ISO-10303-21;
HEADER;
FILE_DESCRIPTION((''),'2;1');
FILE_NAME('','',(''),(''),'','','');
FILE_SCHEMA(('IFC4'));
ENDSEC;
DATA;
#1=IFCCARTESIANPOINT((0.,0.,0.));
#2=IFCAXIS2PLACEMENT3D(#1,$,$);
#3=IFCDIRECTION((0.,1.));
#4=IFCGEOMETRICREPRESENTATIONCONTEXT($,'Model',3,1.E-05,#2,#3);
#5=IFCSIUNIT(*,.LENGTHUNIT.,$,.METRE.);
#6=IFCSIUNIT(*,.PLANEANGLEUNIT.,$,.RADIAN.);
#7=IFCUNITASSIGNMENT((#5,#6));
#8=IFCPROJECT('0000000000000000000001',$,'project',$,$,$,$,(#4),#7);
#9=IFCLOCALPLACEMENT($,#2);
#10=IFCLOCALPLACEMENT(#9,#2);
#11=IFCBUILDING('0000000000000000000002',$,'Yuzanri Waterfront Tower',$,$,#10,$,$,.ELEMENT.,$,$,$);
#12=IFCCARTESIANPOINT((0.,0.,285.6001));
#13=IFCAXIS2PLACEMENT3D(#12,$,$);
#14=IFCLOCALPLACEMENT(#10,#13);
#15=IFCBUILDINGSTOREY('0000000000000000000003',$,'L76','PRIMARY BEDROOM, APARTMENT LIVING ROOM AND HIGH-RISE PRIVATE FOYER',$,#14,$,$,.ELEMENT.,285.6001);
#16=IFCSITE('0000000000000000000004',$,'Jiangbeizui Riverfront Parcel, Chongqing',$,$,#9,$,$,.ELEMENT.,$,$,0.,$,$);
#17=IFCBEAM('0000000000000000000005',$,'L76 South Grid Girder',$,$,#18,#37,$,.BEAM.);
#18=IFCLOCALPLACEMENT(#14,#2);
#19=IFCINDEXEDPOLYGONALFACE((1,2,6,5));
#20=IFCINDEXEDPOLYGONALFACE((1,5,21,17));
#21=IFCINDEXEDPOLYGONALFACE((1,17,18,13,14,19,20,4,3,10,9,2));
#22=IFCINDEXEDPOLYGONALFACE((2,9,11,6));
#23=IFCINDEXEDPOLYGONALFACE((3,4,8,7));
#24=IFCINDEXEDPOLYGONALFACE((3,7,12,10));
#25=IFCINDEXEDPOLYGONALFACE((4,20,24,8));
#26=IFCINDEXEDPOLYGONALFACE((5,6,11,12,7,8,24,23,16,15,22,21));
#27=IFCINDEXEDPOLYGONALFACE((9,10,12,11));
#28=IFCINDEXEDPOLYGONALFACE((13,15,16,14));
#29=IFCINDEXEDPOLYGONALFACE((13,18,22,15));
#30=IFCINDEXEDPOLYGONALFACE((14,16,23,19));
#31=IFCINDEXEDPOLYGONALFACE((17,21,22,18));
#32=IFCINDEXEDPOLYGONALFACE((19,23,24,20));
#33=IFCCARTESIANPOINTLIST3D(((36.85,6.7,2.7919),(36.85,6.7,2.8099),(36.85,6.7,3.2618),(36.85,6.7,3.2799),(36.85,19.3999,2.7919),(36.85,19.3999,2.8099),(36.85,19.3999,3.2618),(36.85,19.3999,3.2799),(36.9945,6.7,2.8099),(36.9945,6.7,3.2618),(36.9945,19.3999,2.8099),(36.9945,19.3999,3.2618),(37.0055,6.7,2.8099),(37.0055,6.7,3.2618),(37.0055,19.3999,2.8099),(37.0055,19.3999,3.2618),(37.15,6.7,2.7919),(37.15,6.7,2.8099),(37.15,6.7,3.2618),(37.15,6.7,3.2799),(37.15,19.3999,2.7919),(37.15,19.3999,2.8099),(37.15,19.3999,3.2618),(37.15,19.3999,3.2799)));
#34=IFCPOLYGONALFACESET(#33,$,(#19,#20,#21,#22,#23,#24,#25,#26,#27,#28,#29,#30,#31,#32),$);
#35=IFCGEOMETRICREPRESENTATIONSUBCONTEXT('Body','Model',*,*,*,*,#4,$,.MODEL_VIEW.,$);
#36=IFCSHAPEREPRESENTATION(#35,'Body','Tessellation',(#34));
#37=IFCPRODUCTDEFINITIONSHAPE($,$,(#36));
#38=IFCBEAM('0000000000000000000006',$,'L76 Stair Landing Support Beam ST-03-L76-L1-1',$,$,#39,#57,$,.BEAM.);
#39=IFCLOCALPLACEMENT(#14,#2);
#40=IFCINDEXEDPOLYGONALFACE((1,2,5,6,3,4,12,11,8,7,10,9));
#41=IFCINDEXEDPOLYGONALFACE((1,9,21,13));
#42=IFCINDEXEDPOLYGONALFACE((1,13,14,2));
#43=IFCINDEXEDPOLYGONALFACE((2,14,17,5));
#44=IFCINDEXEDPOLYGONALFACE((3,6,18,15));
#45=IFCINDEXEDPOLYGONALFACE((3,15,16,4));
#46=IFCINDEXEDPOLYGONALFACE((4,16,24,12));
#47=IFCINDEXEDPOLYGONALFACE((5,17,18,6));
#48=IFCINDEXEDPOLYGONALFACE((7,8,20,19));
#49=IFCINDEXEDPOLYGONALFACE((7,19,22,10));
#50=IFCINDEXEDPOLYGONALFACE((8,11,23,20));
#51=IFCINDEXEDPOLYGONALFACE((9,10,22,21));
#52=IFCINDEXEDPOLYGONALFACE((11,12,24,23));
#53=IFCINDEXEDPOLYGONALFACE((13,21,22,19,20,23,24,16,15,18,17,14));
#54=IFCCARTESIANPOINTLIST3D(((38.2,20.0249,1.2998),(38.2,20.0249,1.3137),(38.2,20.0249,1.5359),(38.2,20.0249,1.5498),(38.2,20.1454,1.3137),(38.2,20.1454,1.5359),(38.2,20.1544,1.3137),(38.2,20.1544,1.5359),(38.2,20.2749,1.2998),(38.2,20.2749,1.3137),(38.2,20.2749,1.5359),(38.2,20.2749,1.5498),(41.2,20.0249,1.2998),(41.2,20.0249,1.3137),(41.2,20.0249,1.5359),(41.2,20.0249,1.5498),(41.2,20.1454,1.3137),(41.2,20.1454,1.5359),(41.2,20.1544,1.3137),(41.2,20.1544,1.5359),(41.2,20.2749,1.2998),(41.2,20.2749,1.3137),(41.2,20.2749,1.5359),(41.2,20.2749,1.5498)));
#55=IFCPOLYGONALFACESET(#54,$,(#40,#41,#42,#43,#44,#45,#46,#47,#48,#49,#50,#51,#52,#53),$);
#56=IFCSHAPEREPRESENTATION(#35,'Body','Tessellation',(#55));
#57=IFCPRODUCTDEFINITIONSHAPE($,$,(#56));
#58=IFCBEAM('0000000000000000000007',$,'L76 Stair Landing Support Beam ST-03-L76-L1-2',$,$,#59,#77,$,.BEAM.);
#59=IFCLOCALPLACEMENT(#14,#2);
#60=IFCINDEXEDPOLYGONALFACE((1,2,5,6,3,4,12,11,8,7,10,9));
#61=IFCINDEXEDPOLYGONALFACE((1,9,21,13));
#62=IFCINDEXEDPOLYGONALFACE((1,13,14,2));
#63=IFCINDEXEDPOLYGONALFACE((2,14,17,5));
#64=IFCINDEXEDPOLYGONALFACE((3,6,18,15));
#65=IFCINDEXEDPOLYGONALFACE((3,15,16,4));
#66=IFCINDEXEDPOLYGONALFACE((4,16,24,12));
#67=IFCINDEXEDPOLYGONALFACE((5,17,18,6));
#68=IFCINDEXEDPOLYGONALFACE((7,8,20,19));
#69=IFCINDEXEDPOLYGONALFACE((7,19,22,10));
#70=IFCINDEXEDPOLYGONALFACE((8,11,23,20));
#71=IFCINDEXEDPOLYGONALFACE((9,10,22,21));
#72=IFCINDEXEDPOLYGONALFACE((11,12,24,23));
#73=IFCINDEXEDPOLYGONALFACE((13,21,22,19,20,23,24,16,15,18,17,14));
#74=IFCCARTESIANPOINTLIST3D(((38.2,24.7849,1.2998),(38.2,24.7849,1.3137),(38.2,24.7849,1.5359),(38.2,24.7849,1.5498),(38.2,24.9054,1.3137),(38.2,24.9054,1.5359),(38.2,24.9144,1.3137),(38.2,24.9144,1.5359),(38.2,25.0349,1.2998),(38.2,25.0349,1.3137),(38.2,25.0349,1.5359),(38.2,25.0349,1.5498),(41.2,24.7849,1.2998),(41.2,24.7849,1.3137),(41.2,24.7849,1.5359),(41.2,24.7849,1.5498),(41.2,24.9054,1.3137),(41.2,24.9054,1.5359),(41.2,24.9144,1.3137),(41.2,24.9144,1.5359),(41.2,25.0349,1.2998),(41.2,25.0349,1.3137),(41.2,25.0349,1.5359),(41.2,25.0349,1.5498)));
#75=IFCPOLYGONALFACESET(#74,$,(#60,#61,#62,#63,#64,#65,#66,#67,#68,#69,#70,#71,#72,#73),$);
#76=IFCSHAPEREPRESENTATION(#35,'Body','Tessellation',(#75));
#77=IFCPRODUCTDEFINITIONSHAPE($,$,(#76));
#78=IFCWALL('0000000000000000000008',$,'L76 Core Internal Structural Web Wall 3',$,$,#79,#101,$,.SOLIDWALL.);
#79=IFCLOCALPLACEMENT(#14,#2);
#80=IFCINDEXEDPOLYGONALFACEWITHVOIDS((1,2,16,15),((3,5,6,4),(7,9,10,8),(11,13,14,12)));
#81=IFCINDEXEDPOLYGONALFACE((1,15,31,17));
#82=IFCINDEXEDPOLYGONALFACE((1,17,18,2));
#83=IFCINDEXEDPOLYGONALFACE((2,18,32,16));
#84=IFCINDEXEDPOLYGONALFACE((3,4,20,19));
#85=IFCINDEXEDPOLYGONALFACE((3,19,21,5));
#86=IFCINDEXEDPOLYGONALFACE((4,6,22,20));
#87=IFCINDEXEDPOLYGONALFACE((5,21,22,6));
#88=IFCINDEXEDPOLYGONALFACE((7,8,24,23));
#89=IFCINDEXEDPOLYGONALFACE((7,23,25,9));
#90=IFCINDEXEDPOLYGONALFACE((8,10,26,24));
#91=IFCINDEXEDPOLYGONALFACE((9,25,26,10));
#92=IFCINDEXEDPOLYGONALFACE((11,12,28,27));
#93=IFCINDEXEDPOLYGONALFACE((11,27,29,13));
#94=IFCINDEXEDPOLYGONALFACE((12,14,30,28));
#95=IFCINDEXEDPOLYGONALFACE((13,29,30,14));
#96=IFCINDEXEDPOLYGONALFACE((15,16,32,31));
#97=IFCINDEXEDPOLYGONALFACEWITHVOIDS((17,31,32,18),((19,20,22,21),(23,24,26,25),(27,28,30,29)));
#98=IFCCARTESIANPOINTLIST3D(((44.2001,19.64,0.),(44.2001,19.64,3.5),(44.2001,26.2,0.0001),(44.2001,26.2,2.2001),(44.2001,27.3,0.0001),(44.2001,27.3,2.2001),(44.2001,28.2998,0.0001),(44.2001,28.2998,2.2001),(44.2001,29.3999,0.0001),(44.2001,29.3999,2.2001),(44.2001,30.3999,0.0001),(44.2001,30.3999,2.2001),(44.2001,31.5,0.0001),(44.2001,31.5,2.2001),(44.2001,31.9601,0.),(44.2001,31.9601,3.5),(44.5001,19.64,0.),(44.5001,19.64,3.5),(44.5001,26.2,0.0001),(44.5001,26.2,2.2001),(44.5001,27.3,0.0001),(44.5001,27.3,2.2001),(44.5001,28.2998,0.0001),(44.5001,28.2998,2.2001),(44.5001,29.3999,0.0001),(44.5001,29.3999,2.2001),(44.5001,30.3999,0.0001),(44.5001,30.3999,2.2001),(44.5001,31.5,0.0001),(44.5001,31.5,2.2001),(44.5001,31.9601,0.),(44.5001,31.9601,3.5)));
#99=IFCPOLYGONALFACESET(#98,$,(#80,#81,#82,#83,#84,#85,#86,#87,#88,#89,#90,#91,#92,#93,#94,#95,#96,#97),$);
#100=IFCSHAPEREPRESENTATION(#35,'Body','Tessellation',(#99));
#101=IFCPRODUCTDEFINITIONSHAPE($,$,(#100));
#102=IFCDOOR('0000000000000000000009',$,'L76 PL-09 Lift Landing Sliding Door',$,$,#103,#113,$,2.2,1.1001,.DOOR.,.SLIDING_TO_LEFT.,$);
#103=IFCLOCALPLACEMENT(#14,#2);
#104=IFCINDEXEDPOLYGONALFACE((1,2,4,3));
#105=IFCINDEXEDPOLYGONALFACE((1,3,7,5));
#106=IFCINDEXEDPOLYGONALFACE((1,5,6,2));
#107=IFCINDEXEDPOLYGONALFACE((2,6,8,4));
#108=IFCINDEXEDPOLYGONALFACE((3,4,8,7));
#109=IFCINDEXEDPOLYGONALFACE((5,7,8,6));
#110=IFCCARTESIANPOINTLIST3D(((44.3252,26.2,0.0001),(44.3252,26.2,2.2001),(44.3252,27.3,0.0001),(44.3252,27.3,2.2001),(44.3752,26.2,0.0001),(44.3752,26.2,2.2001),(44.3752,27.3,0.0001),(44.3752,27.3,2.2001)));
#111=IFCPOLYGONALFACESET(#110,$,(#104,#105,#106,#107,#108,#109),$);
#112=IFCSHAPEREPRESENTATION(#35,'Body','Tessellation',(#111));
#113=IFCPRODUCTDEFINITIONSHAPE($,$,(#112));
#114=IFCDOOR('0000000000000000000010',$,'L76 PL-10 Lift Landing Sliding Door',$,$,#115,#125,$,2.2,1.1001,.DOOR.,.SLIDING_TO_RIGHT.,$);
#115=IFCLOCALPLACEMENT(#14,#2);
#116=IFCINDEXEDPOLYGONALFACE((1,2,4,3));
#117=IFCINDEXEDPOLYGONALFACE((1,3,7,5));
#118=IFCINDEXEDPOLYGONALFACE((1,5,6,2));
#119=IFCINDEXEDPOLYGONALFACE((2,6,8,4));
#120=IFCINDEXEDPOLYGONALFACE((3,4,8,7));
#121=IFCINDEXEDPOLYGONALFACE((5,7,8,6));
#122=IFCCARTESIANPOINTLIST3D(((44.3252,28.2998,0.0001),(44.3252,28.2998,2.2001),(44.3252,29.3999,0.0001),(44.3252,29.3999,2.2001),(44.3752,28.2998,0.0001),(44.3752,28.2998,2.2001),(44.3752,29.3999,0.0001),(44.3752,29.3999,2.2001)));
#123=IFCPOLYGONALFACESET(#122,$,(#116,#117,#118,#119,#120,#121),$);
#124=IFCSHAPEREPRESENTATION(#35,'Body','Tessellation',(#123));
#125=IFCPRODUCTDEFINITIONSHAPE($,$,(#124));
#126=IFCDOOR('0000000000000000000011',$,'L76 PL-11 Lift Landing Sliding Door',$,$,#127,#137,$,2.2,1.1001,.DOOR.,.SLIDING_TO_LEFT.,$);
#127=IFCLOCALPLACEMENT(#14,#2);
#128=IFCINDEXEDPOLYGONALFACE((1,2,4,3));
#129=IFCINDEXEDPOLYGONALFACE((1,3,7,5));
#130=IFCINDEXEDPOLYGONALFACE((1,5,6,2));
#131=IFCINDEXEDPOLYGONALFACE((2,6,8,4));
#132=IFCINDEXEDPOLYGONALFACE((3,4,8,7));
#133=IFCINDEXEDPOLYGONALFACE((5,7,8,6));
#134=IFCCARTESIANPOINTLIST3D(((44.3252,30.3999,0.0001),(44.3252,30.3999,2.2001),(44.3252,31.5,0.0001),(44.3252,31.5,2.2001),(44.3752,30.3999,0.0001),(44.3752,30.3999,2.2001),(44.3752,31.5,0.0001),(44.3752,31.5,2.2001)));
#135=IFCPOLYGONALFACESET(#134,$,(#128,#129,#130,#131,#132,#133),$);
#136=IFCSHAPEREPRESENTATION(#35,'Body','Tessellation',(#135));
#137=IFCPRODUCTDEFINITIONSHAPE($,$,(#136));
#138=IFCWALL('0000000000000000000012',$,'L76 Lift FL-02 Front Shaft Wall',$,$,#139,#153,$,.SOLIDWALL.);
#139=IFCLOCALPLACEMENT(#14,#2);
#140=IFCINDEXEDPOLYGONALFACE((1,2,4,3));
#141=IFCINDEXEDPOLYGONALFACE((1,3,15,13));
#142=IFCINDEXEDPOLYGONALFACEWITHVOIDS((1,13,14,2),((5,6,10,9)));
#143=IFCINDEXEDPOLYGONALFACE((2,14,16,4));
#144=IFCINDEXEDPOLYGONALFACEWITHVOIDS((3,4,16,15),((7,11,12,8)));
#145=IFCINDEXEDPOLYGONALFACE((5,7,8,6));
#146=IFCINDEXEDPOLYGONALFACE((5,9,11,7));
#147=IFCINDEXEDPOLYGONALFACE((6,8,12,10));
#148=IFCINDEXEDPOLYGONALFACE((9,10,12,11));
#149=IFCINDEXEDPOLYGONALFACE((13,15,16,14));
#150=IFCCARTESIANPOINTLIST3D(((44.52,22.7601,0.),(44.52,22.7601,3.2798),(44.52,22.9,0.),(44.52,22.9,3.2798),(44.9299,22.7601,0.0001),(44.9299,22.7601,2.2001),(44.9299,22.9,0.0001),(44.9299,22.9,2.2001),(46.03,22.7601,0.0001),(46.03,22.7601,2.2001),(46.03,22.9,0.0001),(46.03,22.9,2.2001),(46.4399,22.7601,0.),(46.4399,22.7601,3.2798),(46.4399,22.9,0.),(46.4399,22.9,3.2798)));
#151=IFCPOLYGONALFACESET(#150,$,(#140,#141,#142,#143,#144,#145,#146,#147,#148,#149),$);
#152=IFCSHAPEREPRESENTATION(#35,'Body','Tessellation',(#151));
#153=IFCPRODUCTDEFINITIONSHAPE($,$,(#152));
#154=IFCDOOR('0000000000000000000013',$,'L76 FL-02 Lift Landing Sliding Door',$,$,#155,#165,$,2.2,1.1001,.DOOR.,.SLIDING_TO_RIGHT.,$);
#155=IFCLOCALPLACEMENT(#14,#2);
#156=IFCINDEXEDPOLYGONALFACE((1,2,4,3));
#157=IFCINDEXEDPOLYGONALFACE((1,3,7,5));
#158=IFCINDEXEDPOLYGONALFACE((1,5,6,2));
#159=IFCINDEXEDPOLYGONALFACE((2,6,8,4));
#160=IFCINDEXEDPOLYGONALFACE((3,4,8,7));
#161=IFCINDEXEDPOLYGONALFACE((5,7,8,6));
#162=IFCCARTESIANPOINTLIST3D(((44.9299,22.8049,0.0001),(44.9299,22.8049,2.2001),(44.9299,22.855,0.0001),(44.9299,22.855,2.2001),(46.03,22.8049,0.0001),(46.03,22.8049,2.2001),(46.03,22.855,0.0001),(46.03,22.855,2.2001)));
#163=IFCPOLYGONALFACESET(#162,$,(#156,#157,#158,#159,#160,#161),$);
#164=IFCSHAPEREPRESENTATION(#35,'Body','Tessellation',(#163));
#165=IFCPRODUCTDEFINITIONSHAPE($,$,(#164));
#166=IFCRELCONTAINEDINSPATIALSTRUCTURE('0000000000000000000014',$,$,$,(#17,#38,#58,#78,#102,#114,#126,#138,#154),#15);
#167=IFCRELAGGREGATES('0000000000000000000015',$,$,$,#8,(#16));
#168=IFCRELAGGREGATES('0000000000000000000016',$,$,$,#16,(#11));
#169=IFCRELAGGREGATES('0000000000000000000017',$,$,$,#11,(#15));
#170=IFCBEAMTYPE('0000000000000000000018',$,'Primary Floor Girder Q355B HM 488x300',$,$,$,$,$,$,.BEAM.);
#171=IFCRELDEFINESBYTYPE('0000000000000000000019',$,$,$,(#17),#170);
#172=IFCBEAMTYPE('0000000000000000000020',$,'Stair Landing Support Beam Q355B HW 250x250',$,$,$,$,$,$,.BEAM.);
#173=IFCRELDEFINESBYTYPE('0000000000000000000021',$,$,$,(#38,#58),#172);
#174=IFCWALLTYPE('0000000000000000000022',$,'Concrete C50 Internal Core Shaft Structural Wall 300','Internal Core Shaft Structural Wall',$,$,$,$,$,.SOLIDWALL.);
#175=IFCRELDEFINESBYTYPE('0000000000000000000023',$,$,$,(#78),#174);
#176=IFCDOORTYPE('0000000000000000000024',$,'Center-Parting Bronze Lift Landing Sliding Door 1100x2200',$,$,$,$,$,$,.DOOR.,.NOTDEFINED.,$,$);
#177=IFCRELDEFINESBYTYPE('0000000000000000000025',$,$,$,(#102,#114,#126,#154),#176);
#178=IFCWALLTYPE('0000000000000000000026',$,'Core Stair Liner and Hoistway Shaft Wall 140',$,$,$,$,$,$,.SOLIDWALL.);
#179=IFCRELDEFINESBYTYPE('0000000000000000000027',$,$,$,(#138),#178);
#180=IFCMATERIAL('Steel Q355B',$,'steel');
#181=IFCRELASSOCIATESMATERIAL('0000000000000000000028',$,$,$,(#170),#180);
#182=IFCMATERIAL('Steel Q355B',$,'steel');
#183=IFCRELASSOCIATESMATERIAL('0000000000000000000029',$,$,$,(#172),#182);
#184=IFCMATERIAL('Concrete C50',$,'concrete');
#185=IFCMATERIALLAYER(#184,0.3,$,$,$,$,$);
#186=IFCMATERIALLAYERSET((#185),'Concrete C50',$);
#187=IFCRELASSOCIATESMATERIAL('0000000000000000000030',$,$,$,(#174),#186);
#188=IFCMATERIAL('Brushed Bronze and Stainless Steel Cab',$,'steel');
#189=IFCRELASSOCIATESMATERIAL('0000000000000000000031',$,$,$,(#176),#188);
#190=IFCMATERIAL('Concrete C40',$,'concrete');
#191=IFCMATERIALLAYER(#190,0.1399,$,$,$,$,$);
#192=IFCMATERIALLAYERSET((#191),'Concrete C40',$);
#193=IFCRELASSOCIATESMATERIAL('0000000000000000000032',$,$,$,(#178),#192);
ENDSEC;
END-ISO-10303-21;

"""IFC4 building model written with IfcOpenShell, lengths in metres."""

from ifc_helpers import new_model, si_unit, direction, frame, frame_2d, origin, origin_2d, place, context, subcontext, project, spatial, rectangle, i_section, extrude, source, transform, mapped, material, layer, layer_set, material_profile, profile_set, type_object, element, fill, save


model = new_model("IFC4")

# Units and contexts
model_context = context("Model", 3, precision=1e-05, world=origin(), true_north=direction((0.0, 1.0)))
body_context = subcontext(model_context, "Body", "Model", "MODEL_VIEW")
ifc_project = project(units=[si_unit("LENGTHUNIT", "METRE"), si_unit("PLANEANGLEUNIT", "RADIAN")], contexts=[model_context])

# Site, building, storey
site_placement = place(None, origin())
site = spatial("IfcSite", under=ifc_project, at=site_placement, Name="Jiangbeizui Riverfront Parcel, Chongqing", CompositionType="ELEMENT", RefElevation=0.0)
building_placement = place(site_placement, origin())
building = spatial("IfcBuilding", under=site, at=building_placement, Name="Yuzanri Waterfront Tower", CompositionType="ELEMENT")
storey_placement = place(building_placement, frame((0.0, 0.0, 285.6001)))
storey = spatial("IfcBuildingStorey", under=building, at=storey_placement, Name="L76", Description="PRIMARY BEDROOM, APARTMENT LIVING ROOM AND HIGH-RISE PRIVATE FOYER", CompositionType="ELEMENT", Elevation=285.6001)

# Beams
ifc_material_1 = material(Name="Steel Q355B", Category="steel")
ifc_material_profile_1 = material_profile(ifc_material_1, i_section(OverallWidth=0.3, OverallDepth=0.488, WebThickness=0.011, FlangeThickness=0.0181, at=origin_2d()), Name="HM 488x300x11x18")
ifc_profile_set_1 = profile_set([ifc_material_profile_1], Name="Steel Q355B")
beam_type_1 = type_object("IfcBeamType", Name="Primary Floor Girder Q355B HM 488x300", PredefinedType="BEAM", material=ifc_profile_set_1)
shared_shape_1 = source(origin(), body_context, "Body", "SweptSolid", [
    extrude(i_section(OverallWidth=0.3, OverallDepth=0.488, WebThickness=0.011, FlangeThickness=0.0181, at=origin_2d()), origin(), (0.0, 0.0, 1.0), 12.7),
])
beam_placement = place(storey_placement, frame((37.0, 19.3999, 3.0359), z_axis=(0.0, -1.0, 0.0), x_axis=(1.0, 0.0, 0.0)))
element("IfcBeam", 1, at=beam_placement, inside=storey, type_object=beam_type_1, Name="L76 South Grid Girder", PredefinedType="BEAM", context=body_context, shape_type="MappedRepresentation", body=[
    mapped(shared_shape_1, transform((0.0, 0.0, 0.0), scale=1.0)),
])
ifc_material_2 = material(Name="Steel Q355B", Category="steel")
ifc_material_profile_2 = material_profile(ifc_material_2, i_section(OverallWidth=0.25, OverallDepth=0.25, WebThickness=0.009, FlangeThickness=0.0139, at=origin_2d()), Name="HW 250x250x9x14")
ifc_profile_set_2 = profile_set([ifc_material_profile_2], Name="Steel Q355B")
beam_type_2 = type_object("IfcBeamType", Name="Stair Landing Support Beam Q355B HW 250x250", PredefinedType="BEAM", material=ifc_profile_set_2)
shared_shape_2 = source(origin(), body_context, "Body", "SweptSolid", [
    extrude(i_section(OverallWidth=0.25, OverallDepth=0.25, WebThickness=0.009, FlangeThickness=0.0139, at=origin_2d()), origin(), (0.0, 0.0, 1.0), 3.0),
])
for number, where, z_axis, x_axis, name in (
    (2, (38.2, 20.1499, 1.4248), (1.0, 0.0, 0.0), (0.0, 1.0, 0.0), "L76 Stair Landing Support Beam ST-03-L76-L1-1"),
    (3, (38.2, 24.9099, 1.4248), (1.0, 0.0, 0.0), (0.0, 1.0, 0.0), "L76 Stair Landing Support Beam ST-03-L76-L1-2"),
):
    element("IfcBeam", number, at=place(storey_placement, frame(where, z_axis=z_axis, x_axis=x_axis)), inside=storey, type_object=beam_type_2, Name=name, PredefinedType="BEAM", context=body_context, shape_type="MappedRepresentation", body=[
        mapped(shared_shape_2, transform((0.0, 0.0, 0.0), scale=1.0)),
    ])

# Wall, openings, doors
ifc_material_3 = material(Name="Concrete C50", Category="concrete")
ifc_layer_1 = layer(ifc_material_3, 0.3)
ifc_layer_set_1 = layer_set([ifc_layer_1], Name="Concrete C50")
wall_type_1 = type_object("IfcWallType", Name="Concrete C50 Internal Core Shaft Structural Wall 300", Description="Internal Core Shaft Structural Wall", PredefinedType="SOLIDWALL", material=ifc_layer_set_1)
wall_1_placement = place(storey_placement, frame((44.3501, 19.6399, 0.0), z_axis=(0.0, 0.0, 1.0), x_axis=(0.0, 1.0, 0.0)))
wall_1 = element("IfcWall", 4, at=wall_1_placement, inside=storey, type_object=wall_type_1, Name="L76 Core Internal Structural Web Wall 3", PredefinedType="SOLIDWALL", context=body_context, shape_type="SweptSolid", body=[
    extrude(rectangle(XDim=12.3201, YDim=0.3, at=frame_2d((6.1602, 0.0))), origin(), (0.0, 0.0, 1.0), 3.5),
])
opening_1_placement = place(wall_1_placement, frame((6.5601, 0.0, 0.0)))
opening_1 = element("IfcOpeningElement", 5, at=opening_1_placement, cuts=wall_1, PredefinedType="OPENING", context=body_context, shape_type="SweptSolid", body=[
    extrude(rectangle(XDim=1.1001, YDim=2.2, at=frame_2d((0.55, 1.1001))), frame((0.0, 0.165, 0.0), z_axis=(0.0, -1.0, 0.0), x_axis=(1.0, 0.0, 0.0)), (0.0, 0.0, 1.0), 0.3298),
])
opening_2_placement = place(wall_1_placement, frame((8.6599, 0.0, 0.0)))
opening_2 = element("IfcOpeningElement", 6, at=opening_2_placement, cuts=wall_1, PredefinedType="OPENING", context=body_context, shape_type="SweptSolid", body=[
    extrude(rectangle(XDim=1.1001, YDim=2.2, at=frame_2d((0.55, 1.1001))), frame((0.0, 0.165, 0.0), z_axis=(0.0, -1.0, 0.0), x_axis=(1.0, 0.0, 0.0)), (0.0, 0.0, 1.0), 0.3298),
])
opening_3_placement = place(wall_1_placement, frame((10.76, 0.0, 0.0)))
opening_3 = element("IfcOpeningElement", 7, at=opening_3_placement, cuts=wall_1, PredefinedType="OPENING", context=body_context, shape_type="SweptSolid", body=[
    extrude(rectangle(XDim=1.1001, YDim=2.2, at=frame_2d((0.55, 1.1001))), frame((0.0, 0.165, 0.0), z_axis=(0.0, -1.0, 0.0), x_axis=(1.0, 0.0, 0.0)), (0.0, 0.0, 1.0), 0.3298),
])
ifc_material_4 = material(Name="Brushed Bronze and Stainless Steel Cab", Category="steel")
door_type_1 = type_object("IfcDoorType", Name="Center-Parting Bronze Lift Landing Sliding Door 1100x2200", OperationType="NOTDEFINED", PredefinedType="DOOR", material=ifc_material_4)
shared_shape_3 = source(origin(), body_context, "Body", "SweptSolid", [
    extrude(rectangle(XDim=1.1001, YDim=2.2, at=frame_2d((0.55, 1.1001))), frame((0.0, 0.0249, 0.0), z_axis=(0.0, -1.0, 0.0), x_axis=(1.0, 0.0, 0.0)), (0.0, 0.0, 1.0), 0.05),
])
door_1_placement = place(opening_1_placement, origin())
door_1 = element("IfcDoor", 8, at=door_1_placement, inside=storey, type_object=door_type_1, Name="L76 PL-09 Lift Landing Sliding Door", OperationType="SLIDING_TO_LEFT", OverallHeight=2.2, OverallWidth=1.1001, PredefinedType="DOOR", context=body_context, shape_type="MappedRepresentation", body=[
    mapped(shared_shape_3, transform((0.0, 0.0, 0.0), scale=1.0)),
])
fill(opening_1, door_1)
door_2_placement = place(opening_2_placement, origin())
door_2 = element("IfcDoor", 9, at=door_2_placement, inside=storey, type_object=door_type_1, Name="L76 PL-10 Lift Landing Sliding Door", OperationType="SLIDING_TO_RIGHT", OverallHeight=2.2, OverallWidth=1.1001, PredefinedType="DOOR", context=body_context, shape_type="MappedRepresentation", body=[
    mapped(shared_shape_3, transform((0.0, 0.0, 0.0), scale=1.0)),
])
fill(opening_2, door_2)
door_3_placement = place(opening_3_placement, origin())
door_3 = element("IfcDoor", 10, at=door_3_placement, inside=storey, type_object=door_type_1, Name="L76 PL-11 Lift Landing Sliding Door", OperationType="SLIDING_TO_LEFT", OverallHeight=2.2, OverallWidth=1.1001, PredefinedType="DOOR", context=body_context, shape_type="MappedRepresentation", body=[
    mapped(shared_shape_3, transform((0.0, 0.0, 0.0), scale=1.0)),
])
fill(opening_3, door_3)

# Wall, opening, door
ifc_material_5 = material(Name="Concrete C40", Category="concrete")
ifc_layer_2 = layer(ifc_material_5, 0.1399)
ifc_layer_set_2 = layer_set([ifc_layer_2], Name="Concrete C40")
wall_type_2 = type_object("IfcWallType", Name="Core Stair Liner and Hoistway Shaft Wall 140", PredefinedType="SOLIDWALL", material=ifc_layer_set_2)
wall_2_placement = place(storey_placement, frame((44.52, 22.8301, 0.0), z_axis=(0.0, 0.0, 1.0), x_axis=(1.0, 0.0, 0.0)))
wall_2 = element("IfcWall", 11, at=wall_2_placement, inside=storey, type_object=wall_type_2, Name="L76 Lift FL-02 Front Shaft Wall", PredefinedType="SOLIDWALL", context=body_context, shape_type="SweptSolid", body=[
    extrude(rectangle(XDim=1.9199, YDim=0.1399, at=frame_2d((0.96, 0.0))), origin(), (0.0, 0.0, 1.0), 3.2798),
])
opening_4_placement = place(wall_2_placement, frame((0.4099, 0.0, 0.0)))
opening_4 = element("IfcOpeningElement", 12, at=opening_4_placement, cuts=wall_2, PredefinedType="OPENING", context=body_context, shape_type="SweptSolid", body=[
    extrude(rectangle(XDim=1.1001, YDim=2.2, at=frame_2d((0.55, 1.1001))), frame((0.0, 0.085, 0.0), z_axis=(0.0, -1.0, 0.0), x_axis=(1.0, 0.0, 0.0)), (0.0, 0.0, 1.0), 0.1697),
])
door_4_placement = place(opening_4_placement, origin())
door_4 = element("IfcDoor", 13, at=door_4_placement, inside=storey, type_object=door_type_1, Name="L76 FL-02 Lift Landing Sliding Door", OperationType="SLIDING_TO_RIGHT", OverallHeight=2.2, OverallWidth=1.1001, PredefinedType="DOOR", context=body_context, shape_type="MappedRepresentation", body=[
    mapped(shared_shape_3, transform((0.0, 0.0, 0.0), scale=1.0)),
])
fill(opening_4, door_4)

save(model, "model.ifc")
